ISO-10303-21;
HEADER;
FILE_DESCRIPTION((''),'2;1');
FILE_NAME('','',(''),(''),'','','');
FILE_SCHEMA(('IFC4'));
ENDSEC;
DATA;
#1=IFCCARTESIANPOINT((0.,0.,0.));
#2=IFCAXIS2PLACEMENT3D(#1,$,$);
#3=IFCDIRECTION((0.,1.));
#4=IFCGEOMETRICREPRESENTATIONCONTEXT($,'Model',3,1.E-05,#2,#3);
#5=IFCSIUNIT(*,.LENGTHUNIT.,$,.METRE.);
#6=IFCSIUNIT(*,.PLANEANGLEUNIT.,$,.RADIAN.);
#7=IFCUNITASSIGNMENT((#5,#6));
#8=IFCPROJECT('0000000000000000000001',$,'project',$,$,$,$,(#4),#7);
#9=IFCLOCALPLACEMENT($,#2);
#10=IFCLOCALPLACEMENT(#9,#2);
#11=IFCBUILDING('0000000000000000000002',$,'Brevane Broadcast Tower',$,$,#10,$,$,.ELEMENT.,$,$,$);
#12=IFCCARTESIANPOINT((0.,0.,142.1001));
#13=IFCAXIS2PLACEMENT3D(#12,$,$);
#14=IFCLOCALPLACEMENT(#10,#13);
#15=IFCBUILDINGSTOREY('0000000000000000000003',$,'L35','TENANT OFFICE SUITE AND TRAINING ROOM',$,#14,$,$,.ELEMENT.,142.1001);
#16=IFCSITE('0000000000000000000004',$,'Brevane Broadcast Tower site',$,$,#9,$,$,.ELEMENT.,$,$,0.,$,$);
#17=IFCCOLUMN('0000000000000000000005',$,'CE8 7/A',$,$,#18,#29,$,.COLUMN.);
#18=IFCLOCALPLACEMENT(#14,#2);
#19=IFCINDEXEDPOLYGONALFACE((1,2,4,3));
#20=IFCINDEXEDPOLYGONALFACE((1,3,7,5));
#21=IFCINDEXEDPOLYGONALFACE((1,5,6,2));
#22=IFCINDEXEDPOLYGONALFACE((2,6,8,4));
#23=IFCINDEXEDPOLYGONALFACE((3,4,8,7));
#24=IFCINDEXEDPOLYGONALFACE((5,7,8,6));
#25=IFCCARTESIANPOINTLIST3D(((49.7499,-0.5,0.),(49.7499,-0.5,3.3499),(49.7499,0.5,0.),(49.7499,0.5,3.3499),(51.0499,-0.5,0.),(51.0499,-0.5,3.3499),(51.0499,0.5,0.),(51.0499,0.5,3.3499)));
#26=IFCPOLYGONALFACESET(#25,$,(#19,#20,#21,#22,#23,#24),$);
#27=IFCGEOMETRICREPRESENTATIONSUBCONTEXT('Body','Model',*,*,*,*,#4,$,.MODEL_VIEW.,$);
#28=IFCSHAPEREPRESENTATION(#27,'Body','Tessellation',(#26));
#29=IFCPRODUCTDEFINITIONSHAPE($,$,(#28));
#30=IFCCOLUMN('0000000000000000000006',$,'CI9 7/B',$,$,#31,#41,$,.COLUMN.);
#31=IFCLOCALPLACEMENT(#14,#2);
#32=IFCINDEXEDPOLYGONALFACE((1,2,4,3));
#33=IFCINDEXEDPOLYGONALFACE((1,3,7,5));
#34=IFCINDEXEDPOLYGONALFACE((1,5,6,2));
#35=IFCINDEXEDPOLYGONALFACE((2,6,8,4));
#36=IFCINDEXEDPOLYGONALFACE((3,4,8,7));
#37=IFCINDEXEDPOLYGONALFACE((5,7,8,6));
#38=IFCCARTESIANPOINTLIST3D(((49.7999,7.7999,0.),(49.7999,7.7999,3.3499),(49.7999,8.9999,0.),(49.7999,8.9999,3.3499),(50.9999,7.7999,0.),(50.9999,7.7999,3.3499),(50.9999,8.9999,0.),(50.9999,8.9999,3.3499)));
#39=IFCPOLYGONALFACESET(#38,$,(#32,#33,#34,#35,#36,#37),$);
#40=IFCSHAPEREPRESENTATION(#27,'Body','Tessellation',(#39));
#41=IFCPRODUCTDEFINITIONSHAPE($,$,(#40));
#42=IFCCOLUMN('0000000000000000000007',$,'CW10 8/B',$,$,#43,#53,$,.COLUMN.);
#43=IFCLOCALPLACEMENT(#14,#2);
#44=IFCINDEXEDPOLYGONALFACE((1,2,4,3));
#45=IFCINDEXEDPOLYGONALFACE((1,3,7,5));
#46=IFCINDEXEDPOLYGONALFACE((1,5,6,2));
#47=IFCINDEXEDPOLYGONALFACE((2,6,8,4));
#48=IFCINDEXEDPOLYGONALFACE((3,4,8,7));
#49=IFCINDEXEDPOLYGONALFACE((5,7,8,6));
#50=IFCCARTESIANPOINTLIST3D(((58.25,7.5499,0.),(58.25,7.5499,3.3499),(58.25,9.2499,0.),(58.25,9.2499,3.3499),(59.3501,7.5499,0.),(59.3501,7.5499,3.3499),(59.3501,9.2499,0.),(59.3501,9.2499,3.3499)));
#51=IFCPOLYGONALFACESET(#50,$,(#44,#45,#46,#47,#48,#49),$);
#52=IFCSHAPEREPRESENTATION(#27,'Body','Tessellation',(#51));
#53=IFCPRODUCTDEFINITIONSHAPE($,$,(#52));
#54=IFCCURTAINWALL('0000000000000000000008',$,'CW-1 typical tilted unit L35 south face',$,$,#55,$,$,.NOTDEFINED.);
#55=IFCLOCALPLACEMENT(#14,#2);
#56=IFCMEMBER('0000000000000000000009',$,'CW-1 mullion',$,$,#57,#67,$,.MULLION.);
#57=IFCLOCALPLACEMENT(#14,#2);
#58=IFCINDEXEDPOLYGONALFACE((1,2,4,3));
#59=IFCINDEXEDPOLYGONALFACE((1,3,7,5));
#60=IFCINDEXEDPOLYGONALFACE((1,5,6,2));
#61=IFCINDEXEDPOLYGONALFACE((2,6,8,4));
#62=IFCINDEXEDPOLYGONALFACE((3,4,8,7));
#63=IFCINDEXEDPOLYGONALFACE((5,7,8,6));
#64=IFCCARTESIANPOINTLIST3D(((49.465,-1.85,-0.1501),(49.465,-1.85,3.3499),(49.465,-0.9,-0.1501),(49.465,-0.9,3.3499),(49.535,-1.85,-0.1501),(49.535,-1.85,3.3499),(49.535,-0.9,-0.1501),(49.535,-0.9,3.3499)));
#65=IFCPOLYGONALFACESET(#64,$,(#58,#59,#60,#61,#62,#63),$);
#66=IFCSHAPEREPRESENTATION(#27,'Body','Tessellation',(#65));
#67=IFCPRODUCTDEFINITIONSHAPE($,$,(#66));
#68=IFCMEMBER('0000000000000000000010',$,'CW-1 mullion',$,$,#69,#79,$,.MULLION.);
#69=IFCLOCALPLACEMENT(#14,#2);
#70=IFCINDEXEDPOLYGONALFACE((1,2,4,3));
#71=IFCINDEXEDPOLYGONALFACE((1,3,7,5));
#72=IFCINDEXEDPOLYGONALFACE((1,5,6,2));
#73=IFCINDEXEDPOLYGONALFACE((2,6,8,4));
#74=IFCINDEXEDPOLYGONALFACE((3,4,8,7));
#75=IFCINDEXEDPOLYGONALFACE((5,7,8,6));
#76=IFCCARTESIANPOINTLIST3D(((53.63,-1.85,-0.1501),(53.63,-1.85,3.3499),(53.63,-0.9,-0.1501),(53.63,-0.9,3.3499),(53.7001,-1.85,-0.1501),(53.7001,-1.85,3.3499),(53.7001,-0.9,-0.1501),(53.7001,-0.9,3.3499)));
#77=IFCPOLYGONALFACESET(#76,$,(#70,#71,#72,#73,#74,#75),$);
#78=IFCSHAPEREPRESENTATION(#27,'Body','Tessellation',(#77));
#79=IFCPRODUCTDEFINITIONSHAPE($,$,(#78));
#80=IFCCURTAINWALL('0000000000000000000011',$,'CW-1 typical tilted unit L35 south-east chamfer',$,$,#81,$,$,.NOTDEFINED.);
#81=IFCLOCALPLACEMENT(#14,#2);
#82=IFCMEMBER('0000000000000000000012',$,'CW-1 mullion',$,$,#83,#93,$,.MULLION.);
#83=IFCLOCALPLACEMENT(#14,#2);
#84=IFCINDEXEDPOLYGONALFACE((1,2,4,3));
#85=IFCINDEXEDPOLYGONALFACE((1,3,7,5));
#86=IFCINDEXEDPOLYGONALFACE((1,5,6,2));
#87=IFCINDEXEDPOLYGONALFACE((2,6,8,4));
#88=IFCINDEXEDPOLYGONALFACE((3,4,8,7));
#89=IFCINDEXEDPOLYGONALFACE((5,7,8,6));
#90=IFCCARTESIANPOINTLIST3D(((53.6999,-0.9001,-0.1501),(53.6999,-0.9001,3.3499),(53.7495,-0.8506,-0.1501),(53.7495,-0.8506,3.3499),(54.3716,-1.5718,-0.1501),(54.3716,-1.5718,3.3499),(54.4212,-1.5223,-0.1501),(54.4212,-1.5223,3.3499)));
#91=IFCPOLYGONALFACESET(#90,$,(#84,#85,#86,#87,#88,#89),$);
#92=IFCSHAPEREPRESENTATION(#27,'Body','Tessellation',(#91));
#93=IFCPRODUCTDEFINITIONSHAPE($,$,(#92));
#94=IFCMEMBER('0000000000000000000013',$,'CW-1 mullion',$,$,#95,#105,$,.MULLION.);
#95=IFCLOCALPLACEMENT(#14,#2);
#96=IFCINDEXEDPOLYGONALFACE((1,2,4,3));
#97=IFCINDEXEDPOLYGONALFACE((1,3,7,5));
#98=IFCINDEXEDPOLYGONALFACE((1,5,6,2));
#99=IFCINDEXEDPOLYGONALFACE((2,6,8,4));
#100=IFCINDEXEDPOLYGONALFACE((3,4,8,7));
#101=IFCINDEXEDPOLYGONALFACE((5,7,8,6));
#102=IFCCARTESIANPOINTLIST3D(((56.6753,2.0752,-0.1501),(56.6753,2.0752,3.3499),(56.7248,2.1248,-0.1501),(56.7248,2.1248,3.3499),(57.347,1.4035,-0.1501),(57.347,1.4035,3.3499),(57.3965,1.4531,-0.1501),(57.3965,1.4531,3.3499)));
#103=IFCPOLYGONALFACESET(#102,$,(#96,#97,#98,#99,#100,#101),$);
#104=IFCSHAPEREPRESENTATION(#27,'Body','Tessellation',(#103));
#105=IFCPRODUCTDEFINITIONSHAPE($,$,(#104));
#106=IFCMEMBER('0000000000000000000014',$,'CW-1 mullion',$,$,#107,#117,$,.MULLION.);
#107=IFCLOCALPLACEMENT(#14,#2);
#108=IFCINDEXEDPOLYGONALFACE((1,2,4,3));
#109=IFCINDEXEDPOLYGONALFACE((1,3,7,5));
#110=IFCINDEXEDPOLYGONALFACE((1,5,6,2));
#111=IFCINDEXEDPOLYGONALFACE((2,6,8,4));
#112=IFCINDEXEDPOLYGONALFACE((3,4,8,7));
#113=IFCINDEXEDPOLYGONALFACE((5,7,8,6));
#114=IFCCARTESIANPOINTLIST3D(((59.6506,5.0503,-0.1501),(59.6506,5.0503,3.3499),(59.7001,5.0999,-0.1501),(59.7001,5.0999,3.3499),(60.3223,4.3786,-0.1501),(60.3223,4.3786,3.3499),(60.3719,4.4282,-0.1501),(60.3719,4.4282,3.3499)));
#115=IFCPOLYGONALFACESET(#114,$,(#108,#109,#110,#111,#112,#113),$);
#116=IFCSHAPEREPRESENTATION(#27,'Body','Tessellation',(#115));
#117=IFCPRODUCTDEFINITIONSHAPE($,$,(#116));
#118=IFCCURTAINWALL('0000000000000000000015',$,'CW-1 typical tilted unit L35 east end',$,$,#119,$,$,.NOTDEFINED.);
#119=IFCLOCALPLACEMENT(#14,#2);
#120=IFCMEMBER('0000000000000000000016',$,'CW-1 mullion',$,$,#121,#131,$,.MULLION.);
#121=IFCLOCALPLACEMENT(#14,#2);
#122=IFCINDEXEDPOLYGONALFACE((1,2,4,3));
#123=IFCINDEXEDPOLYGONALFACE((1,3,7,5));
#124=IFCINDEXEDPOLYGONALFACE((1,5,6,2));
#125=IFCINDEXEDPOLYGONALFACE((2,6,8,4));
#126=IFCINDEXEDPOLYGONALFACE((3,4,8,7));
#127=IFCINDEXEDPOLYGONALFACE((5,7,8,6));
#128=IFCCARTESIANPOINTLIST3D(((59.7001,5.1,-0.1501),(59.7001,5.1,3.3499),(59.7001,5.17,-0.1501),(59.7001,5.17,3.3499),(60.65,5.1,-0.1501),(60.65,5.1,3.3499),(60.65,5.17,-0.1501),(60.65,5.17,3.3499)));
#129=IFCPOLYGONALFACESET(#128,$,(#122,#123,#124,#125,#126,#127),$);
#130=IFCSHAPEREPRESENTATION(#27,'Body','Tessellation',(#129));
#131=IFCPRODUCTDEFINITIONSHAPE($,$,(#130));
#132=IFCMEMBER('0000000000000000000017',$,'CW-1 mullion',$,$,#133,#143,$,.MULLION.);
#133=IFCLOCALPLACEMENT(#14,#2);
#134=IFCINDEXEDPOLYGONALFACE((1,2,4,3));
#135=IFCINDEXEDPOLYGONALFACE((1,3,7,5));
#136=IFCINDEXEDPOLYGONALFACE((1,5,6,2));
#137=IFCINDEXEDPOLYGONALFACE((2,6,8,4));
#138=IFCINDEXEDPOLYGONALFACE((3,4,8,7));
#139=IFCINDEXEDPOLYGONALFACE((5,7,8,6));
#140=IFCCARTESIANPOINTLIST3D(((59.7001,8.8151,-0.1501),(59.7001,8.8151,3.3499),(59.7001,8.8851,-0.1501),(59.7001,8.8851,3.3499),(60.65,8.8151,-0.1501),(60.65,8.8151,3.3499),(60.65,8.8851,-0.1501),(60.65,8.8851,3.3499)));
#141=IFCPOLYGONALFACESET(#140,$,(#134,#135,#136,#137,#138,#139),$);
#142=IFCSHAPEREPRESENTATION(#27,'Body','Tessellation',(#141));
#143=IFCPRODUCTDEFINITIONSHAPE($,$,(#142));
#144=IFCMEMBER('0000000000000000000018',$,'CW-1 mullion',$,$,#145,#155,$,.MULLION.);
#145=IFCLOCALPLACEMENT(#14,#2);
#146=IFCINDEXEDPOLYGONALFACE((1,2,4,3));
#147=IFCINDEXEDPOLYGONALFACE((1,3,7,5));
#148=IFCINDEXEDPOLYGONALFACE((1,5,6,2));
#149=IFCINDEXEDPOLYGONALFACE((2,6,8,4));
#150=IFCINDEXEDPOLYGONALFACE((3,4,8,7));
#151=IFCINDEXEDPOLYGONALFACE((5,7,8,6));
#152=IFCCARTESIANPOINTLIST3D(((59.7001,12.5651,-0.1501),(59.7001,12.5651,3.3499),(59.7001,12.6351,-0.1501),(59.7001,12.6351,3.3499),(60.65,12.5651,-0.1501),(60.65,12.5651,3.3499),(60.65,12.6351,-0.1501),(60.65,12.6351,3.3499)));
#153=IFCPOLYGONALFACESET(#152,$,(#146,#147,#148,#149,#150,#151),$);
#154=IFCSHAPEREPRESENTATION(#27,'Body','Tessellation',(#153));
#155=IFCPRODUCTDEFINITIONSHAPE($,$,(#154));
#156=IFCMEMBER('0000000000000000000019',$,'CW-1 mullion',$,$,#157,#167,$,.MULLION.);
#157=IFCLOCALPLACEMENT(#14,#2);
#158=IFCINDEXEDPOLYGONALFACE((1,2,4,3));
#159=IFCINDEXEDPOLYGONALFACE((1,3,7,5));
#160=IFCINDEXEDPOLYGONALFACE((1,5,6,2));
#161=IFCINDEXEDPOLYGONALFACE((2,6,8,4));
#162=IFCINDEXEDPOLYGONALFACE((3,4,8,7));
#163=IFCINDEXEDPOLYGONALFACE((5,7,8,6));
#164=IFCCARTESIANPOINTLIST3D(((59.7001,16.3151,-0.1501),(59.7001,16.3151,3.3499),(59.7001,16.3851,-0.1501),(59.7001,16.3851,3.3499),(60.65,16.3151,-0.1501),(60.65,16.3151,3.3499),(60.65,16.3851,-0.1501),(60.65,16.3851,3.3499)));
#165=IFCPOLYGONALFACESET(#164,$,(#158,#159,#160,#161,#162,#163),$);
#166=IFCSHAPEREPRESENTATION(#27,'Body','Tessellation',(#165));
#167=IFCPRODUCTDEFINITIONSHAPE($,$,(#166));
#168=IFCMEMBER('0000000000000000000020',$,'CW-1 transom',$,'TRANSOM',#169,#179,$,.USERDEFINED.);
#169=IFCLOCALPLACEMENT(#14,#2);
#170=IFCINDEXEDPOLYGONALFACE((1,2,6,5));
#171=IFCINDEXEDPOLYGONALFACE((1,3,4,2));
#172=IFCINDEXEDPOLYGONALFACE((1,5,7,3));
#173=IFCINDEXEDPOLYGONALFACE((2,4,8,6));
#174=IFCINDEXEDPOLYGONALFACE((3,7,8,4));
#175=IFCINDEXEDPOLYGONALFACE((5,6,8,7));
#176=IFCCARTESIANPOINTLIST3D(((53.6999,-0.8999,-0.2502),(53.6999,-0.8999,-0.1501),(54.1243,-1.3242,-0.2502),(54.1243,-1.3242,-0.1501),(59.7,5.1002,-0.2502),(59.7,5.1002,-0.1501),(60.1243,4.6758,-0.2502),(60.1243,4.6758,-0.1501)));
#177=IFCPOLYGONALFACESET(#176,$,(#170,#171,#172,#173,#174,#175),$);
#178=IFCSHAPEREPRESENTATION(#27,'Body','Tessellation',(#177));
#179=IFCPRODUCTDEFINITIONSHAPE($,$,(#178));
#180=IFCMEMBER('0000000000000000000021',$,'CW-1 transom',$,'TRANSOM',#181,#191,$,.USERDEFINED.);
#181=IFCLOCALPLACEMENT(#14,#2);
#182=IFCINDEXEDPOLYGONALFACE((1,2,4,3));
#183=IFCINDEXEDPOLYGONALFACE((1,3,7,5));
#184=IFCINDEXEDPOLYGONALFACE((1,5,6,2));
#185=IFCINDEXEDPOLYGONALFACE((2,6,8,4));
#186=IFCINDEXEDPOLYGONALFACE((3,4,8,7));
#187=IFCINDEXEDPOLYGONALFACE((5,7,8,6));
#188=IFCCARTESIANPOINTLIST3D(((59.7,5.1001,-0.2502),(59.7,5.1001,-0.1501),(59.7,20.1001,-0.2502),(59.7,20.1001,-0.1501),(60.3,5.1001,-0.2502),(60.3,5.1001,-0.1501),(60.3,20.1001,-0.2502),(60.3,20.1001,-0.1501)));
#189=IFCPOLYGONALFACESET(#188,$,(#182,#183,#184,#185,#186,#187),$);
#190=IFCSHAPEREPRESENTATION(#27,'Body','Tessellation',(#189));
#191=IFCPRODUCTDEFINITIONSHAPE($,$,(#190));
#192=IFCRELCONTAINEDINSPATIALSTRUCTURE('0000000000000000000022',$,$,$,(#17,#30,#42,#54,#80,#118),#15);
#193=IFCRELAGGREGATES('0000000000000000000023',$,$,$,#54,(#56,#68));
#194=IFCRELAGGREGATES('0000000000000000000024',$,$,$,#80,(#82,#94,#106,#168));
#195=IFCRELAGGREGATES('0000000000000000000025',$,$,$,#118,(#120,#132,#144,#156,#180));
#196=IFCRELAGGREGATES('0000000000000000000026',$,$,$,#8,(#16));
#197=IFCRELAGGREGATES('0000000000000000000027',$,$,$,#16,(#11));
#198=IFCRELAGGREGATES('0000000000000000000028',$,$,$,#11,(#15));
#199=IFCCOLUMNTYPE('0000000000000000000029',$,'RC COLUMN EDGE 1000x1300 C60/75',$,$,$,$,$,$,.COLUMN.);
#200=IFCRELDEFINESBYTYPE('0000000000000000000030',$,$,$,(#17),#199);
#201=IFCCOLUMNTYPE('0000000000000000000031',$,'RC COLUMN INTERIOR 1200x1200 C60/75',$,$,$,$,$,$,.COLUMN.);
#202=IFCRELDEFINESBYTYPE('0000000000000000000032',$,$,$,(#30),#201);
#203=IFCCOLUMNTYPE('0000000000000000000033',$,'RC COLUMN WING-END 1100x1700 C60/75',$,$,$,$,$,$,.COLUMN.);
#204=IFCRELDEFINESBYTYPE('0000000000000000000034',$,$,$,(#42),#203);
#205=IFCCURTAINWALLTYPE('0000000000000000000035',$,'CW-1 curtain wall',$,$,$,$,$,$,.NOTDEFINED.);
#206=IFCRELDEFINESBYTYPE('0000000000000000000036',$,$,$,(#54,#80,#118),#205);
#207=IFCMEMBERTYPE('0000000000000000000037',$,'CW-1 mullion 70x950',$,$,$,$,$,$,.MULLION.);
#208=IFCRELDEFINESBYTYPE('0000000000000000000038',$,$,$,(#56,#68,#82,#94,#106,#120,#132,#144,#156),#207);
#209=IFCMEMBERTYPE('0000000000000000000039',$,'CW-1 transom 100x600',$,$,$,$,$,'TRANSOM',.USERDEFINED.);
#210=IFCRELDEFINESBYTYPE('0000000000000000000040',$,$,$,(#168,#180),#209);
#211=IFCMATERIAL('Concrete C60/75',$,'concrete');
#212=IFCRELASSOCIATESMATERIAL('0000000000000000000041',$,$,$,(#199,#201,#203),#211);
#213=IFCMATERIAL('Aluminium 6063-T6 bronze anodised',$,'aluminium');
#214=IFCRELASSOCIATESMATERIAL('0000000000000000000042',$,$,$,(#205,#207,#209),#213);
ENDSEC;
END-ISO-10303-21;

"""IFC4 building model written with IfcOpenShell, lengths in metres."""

from ifc_helpers import new_model, si_unit, direction, frame, origin, origin_2d, place, context, subcontext, project, spatial, rectangle, extrude, material, material_profile, profile_set, type_object, element, aggregate, save


model = new_model("IFC4")

# Units and contexts
model_context = context("Model", 3, precision=1e-05, world=origin(), true_north=direction((0.0, 1.0)))
body_context = subcontext(model_context, "Body", "Model", "MODEL_VIEW")
ifc_project = project(units=[si_unit("LENGTHUNIT", "METRE"), si_unit("PLANEANGLEUNIT", "RADIAN")], contexts=[model_context])

# Site, building, storey
site_placement = place(None, origin())
site = spatial("IfcSite", under=ifc_project, at=site_placement, Name="Brevane Broadcast Tower site", CompositionType="ELEMENT", RefElevation=0.0)
building_placement = place(site_placement, origin())
building = spatial("IfcBuilding", under=site, at=building_placement, Name="Brevane Broadcast Tower", CompositionType="ELEMENT")
storey_placement = place(building_placement, frame((0.0, 0.0, 142.1001)))
storey = spatial("IfcBuildingStorey", under=building, at=storey_placement, Name="L35", Description="TENANT OFFICE SUITE AND TRAINING ROOM", CompositionType="ELEMENT", Elevation=142.1001)

# Columns
ifc_material_1 = material(Name="Concrete C60/75", Category="concrete")
ifc_material_profile_1 = material_profile(ifc_material_1, rectangle(XDim=1.0, YDim=1.3, at=origin_2d()), Name="RC 1000x1300")
ifc_profile_set_1 = profile_set([ifc_material_profile_1], Name="Concrete C60/75")
column_type_1 = type_object("IfcColumnType", Name="RC COLUMN EDGE 1000x1300 C60/75", PredefinedType="COLUMN", material=ifc_profile_set_1)
column_1_placement = place(storey_placement, frame((50.3999, 0.0, 0.0), z_axis=(0.0, 0.0, 1.0), x_axis=(0.0, 1.0, 0.0)))
element("IfcColumn", 1, at=column_1_placement, inside=storey, type_object=column_type_1, Name="CE8 7/A", PredefinedType="COLUMN", context=body_context, shape_type="SweptSolid", body=[
    extrude(rectangle(XDim=1.0, YDim=1.3, at=origin_2d()), origin(), (0.0, 0.0, 1.0), 3.3499),
])
ifc_material_profile_2 = material_profile(ifc_material_1, rectangle(XDim=1.2, YDim=1.2, at=origin_2d()), Name="RC 1200x1200")
ifc_profile_set_2 = profile_set([ifc_material_profile_2], Name="Concrete C60/75")
column_type_2 = type_object("IfcColumnType", Name="RC COLUMN INTERIOR 1200x1200 C60/75", PredefinedType="COLUMN", material=ifc_profile_set_2)
column_2_placement = place(storey_placement, frame((50.3999, 8.3999, 0.0), z_axis=(0.0, 0.0, 1.0), x_axis=(1.0, 0.0, 0.0)))
element("IfcColumn", 2, at=column_2_placement, inside=storey, type_object=column_type_2, Name="CI9 7/B", PredefinedType="COLUMN", context=body_context, shape_type="SweptSolid", body=[
    extrude(rectangle(XDim=1.2, YDim=1.2, at=origin_2d()), origin(), (0.0, 0.0, 1.0), 3.3499),
])
ifc_material_profile_3 = material_profile(ifc_material_1, rectangle(XDim=1.1001, YDim=1.7, at=origin_2d()), Name="RC 1100x1700")
ifc_profile_set_3 = profile_set([ifc_material_profile_3], Name="Concrete C60/75")
column_type_3 = type_object("IfcColumnType", Name="RC COLUMN WING-END 1100x1700 C60/75", PredefinedType="COLUMN", material=ifc_profile_set_3)
column_3_placement = place(storey_placement, frame((58.8, 8.3999, 0.0), z_axis=(0.0, 0.0, 1.0), x_axis=(1.0, 0.0, 0.0)))
element("IfcColumn", 3, at=column_3_placement, inside=storey, type_object=column_type_3, Name="CW10 8/B", PredefinedType="COLUMN", context=body_context, shape_type="SweptSolid", body=[
    extrude(rectangle(XDim=1.1001, YDim=1.7, at=origin_2d()), origin(), (0.0, 0.0, 1.0), 3.3499),
])

# Curtain walls, members
ifc_material_2 = material(Name="Aluminium 6063-T6 bronze anodised", Category="aluminium")
curtain_wall_type = type_object("IfcCurtainWallType", Name="CW-1 curtain wall", PredefinedType="NOTDEFINED", material=ifc_material_2)
curtain_wall_1_placement = place(storey_placement, origin())
curtain_wall_1 = element("IfcCurtainWall", 4, at=curtain_wall_1_placement, inside=storey, type_object=curtain_wall_type, Name="CW-1 typical tilted unit L35 south face", PredefinedType="NOTDEFINED")
ifc_material_profile_4 = material_profile(ifc_material_2, rectangle(XDim=0.95, YDim=0.0701, at=origin_2d()), Name="RECT 70x950")
ifc_profile_set_4 = profile_set([ifc_material_profile_4], Name="Aluminium 6063-T6 bronze anodised")
member_type_1 = type_object("IfcMemberType", Name="CW-1 mullion 70x950", PredefinedType="MULLION", material=ifc_profile_set_4)
member_1_placement = place(storey_placement, frame((49.5, -1.375, -0.1501), z_axis=(0.0, 0.0, 1.0), x_axis=(0.0, 1.0, 0.0)))
member_1 = element("IfcMember", 5, at=member_1_placement, type_object=member_type_1, Name="CW-1 mullion", PredefinedType="MULLION", context=body_context, shape_type="SweptSolid", body=[
    extrude(rectangle(XDim=0.95, YDim=0.0701, at=origin_2d()), origin(), (0.0, 0.0, 1.0), 3.5),
])
member_2_placement = place(storey_placement, frame((53.665, -1.375, -0.1501), z_axis=(0.0, 0.0, 1.0), x_axis=(0.0, 1.0, 0.0)))
member_2 = element("IfcMember", 6, at=member_2_placement, type_object=member_type_1, Name="CW-1 mullion", PredefinedType="MULLION", context=body_context, shape_type="SweptSolid", body=[
    extrude(rectangle(XDim=0.95, YDim=0.0701, at=origin_2d()), origin(), (0.0, 0.0, 1.0), 3.5),
])
aggregate(curtain_wall_1, [member_1, member_2])
curtain_wall_2_placement = place(storey_placement, origin())
curtain_wall_2 = element("IfcCurtainWall", 7, at=curtain_wall_2_placement, inside=storey, type_object=curtain_wall_type, Name="CW-1 typical tilted unit L35 south-east chamfer", PredefinedType="NOTDEFINED")
member_3_placement = place(storey_placement, frame((54.0605, -1.2112, -0.1501), z_axis=(0.0, 0.0, 1.0), x_axis=(-0.707107, 0.707107, 0.0)))
member_3 = element("IfcMember", 8, at=member_3_placement, type_object=member_type_1, Name="CW-1 mullion", PredefinedType="MULLION", context=body_context, shape_type="SweptSolid", body=[
    extrude(rectangle(XDim=0.95, YDim=0.0701, at=origin_2d()), origin(), (0.0, 0.0, 1.0), 3.5),
])
member_4_placement = place(storey_placement, frame((57.0359, 1.7642, -0.1501), z_axis=(0.0, 0.0, 1.0), x_axis=(-0.707107, 0.707107, 0.0)))
member_4 = element("IfcMember", 9, at=member_4_placement, type_object=member_type_1, Name="CW-1 mullion", PredefinedType="MULLION", context=body_context, shape_type="SweptSolid", body=[
    extrude(rectangle(XDim=0.95, YDim=0.0701, at=origin_2d()), origin(), (0.0, 0.0, 1.0), 3.5),
])
member_5_placement = place(storey_placement, frame((60.0112, 4.7393, -0.1501), z_axis=(0.0, 0.0, 1.0), x_axis=(-0.707107, 0.707107, 0.0)))
member_5 = element("IfcMember", 10, at=member_5_placement, type_object=member_type_1, Name="CW-1 mullion", PredefinedType="MULLION", context=body_context, shape_type="SweptSolid", body=[
    extrude(rectangle(XDim=0.95, YDim=0.0701, at=origin_2d()), origin(), (0.0, 0.0, 1.0), 3.5),
])
curtain_wall_3_placement = place(storey_placement, origin())
curtain_wall_3 = element("IfcCurtainWall", 11, at=curtain_wall_3_placement, inside=storey, type_object=curtain_wall_type, Name="CW-1 typical tilted unit L35 east end", PredefinedType="NOTDEFINED")
member_6_placement = place(storey_placement, frame((60.175, 5.135, -0.1501), z_axis=(0.0, 0.0, 1.0), x_axis=(-1.0, 0.0, 0.0)))
member_6 = element("IfcMember", 12, at=member_6_placement, type_object=member_type_1, Name="CW-1 mullion", PredefinedType="MULLION", context=body_context, shape_type="SweptSolid", body=[
    extrude(rectangle(XDim=0.95, YDim=0.0701, at=origin_2d()), origin(), (0.0, 0.0, 1.0), 3.5),
])
member_7_placement = place(storey_placement, frame((60.175, 8.8501, -0.1501), z_axis=(0.0, 0.0, 1.0), x_axis=(-1.0, 0.0, 0.0)))
member_7 = element("IfcMember", 13, at=member_7_placement, type_object=member_type_1, Name="CW-1 mullion", PredefinedType="MULLION", context=body_context, shape_type="SweptSolid", body=[
    extrude(rectangle(XDim=0.95, YDim=0.0701, at=origin_2d()), origin(), (0.0, 0.0, 1.0), 3.5),
])
member_8_placement = place(storey_placement, frame((60.175, 12.6001, -0.1501), z_axis=(0.0, 0.0, 1.0), x_axis=(-1.0, 0.0, 0.0)))
member_8 = element("IfcMember", 14, at=member_8_placement, type_object=member_type_1, Name="CW-1 mullion", PredefinedType="MULLION", context=body_context, shape_type="SweptSolid", body=[
    extrude(rectangle(XDim=0.95, YDim=0.0701, at=origin_2d()), origin(), (0.0, 0.0, 1.0), 3.5),
])
member_9_placement = place(storey_placement, frame((60.175, 16.3501, -0.1501), z_axis=(0.0, 0.0, 1.0), x_axis=(-1.0, 0.0, 0.0)))
member_9 = element("IfcMember", 15, at=member_9_placement, type_object=member_type_1, Name="CW-1 mullion", PredefinedType="MULLION", context=body_context, shape_type="SweptSolid", body=[
    extrude(rectangle(XDim=0.95, YDim=0.0701, at=origin_2d()), origin(), (0.0, 0.0, 1.0), 3.5),
])

# Members
ifc_material_profile_5 = material_profile(ifc_material_2, rectangle(XDim=0.6001, YDim=0.1001, at=origin_2d()), Name="RECT 100x600")
ifc_profile_set_5 = profile_set([ifc_material_profile_5], Name="Aluminium 6063-T6 bronze anodised")
member_type_2 = type_object("IfcMemberType", Name="CW-1 transom 100x600", ElementType="TRANSOM", PredefinedType="USERDEFINED", material=ifc_profile_set_5)
member_10_placement = place(storey_placement, frame((53.9121, -1.1121, -0.2002), z_axis=(0.707107, 0.707107, 0.0), x_axis=(-0.707107, 0.707107, 0.0)))
member_10 = element("IfcMember", 16, at=member_10_placement, type_object=member_type_2, Name="CW-1 transom", ObjectType="TRANSOM", PredefinedType="USERDEFINED", context=body_context, shape_type="SweptSolid", body=[
    extrude(rectangle(XDim=0.6001, YDim=0.1001, at=origin_2d()), origin(), (0.0, 0.0, 1.0), 8.4854),
])
aggregate(curtain_wall_2, [member_3, member_4, member_5, member_10])
member_11_placement = place(storey_placement, frame((60.0, 5.1001, -0.2002), z_axis=(0.0, 1.0, 0.0), x_axis=(-1.0, 0.0, 0.0)))
member_11 = element("IfcMember", 17, at=member_11_placement, type_object=member_type_2, Name="CW-1 transom", ObjectType="TRANSOM", PredefinedType="USERDEFINED", context=body_context, shape_type="SweptSolid", body=[
    extrude(rectangle(XDim=0.6001, YDim=0.1001, at=origin_2d()), origin(), (0.0, 0.0, 1.0), 15.0),
])
aggregate(curtain_wall_3, [member_6, member_7, member_8, member_9, member_11])

save(model, "model.ifc")
